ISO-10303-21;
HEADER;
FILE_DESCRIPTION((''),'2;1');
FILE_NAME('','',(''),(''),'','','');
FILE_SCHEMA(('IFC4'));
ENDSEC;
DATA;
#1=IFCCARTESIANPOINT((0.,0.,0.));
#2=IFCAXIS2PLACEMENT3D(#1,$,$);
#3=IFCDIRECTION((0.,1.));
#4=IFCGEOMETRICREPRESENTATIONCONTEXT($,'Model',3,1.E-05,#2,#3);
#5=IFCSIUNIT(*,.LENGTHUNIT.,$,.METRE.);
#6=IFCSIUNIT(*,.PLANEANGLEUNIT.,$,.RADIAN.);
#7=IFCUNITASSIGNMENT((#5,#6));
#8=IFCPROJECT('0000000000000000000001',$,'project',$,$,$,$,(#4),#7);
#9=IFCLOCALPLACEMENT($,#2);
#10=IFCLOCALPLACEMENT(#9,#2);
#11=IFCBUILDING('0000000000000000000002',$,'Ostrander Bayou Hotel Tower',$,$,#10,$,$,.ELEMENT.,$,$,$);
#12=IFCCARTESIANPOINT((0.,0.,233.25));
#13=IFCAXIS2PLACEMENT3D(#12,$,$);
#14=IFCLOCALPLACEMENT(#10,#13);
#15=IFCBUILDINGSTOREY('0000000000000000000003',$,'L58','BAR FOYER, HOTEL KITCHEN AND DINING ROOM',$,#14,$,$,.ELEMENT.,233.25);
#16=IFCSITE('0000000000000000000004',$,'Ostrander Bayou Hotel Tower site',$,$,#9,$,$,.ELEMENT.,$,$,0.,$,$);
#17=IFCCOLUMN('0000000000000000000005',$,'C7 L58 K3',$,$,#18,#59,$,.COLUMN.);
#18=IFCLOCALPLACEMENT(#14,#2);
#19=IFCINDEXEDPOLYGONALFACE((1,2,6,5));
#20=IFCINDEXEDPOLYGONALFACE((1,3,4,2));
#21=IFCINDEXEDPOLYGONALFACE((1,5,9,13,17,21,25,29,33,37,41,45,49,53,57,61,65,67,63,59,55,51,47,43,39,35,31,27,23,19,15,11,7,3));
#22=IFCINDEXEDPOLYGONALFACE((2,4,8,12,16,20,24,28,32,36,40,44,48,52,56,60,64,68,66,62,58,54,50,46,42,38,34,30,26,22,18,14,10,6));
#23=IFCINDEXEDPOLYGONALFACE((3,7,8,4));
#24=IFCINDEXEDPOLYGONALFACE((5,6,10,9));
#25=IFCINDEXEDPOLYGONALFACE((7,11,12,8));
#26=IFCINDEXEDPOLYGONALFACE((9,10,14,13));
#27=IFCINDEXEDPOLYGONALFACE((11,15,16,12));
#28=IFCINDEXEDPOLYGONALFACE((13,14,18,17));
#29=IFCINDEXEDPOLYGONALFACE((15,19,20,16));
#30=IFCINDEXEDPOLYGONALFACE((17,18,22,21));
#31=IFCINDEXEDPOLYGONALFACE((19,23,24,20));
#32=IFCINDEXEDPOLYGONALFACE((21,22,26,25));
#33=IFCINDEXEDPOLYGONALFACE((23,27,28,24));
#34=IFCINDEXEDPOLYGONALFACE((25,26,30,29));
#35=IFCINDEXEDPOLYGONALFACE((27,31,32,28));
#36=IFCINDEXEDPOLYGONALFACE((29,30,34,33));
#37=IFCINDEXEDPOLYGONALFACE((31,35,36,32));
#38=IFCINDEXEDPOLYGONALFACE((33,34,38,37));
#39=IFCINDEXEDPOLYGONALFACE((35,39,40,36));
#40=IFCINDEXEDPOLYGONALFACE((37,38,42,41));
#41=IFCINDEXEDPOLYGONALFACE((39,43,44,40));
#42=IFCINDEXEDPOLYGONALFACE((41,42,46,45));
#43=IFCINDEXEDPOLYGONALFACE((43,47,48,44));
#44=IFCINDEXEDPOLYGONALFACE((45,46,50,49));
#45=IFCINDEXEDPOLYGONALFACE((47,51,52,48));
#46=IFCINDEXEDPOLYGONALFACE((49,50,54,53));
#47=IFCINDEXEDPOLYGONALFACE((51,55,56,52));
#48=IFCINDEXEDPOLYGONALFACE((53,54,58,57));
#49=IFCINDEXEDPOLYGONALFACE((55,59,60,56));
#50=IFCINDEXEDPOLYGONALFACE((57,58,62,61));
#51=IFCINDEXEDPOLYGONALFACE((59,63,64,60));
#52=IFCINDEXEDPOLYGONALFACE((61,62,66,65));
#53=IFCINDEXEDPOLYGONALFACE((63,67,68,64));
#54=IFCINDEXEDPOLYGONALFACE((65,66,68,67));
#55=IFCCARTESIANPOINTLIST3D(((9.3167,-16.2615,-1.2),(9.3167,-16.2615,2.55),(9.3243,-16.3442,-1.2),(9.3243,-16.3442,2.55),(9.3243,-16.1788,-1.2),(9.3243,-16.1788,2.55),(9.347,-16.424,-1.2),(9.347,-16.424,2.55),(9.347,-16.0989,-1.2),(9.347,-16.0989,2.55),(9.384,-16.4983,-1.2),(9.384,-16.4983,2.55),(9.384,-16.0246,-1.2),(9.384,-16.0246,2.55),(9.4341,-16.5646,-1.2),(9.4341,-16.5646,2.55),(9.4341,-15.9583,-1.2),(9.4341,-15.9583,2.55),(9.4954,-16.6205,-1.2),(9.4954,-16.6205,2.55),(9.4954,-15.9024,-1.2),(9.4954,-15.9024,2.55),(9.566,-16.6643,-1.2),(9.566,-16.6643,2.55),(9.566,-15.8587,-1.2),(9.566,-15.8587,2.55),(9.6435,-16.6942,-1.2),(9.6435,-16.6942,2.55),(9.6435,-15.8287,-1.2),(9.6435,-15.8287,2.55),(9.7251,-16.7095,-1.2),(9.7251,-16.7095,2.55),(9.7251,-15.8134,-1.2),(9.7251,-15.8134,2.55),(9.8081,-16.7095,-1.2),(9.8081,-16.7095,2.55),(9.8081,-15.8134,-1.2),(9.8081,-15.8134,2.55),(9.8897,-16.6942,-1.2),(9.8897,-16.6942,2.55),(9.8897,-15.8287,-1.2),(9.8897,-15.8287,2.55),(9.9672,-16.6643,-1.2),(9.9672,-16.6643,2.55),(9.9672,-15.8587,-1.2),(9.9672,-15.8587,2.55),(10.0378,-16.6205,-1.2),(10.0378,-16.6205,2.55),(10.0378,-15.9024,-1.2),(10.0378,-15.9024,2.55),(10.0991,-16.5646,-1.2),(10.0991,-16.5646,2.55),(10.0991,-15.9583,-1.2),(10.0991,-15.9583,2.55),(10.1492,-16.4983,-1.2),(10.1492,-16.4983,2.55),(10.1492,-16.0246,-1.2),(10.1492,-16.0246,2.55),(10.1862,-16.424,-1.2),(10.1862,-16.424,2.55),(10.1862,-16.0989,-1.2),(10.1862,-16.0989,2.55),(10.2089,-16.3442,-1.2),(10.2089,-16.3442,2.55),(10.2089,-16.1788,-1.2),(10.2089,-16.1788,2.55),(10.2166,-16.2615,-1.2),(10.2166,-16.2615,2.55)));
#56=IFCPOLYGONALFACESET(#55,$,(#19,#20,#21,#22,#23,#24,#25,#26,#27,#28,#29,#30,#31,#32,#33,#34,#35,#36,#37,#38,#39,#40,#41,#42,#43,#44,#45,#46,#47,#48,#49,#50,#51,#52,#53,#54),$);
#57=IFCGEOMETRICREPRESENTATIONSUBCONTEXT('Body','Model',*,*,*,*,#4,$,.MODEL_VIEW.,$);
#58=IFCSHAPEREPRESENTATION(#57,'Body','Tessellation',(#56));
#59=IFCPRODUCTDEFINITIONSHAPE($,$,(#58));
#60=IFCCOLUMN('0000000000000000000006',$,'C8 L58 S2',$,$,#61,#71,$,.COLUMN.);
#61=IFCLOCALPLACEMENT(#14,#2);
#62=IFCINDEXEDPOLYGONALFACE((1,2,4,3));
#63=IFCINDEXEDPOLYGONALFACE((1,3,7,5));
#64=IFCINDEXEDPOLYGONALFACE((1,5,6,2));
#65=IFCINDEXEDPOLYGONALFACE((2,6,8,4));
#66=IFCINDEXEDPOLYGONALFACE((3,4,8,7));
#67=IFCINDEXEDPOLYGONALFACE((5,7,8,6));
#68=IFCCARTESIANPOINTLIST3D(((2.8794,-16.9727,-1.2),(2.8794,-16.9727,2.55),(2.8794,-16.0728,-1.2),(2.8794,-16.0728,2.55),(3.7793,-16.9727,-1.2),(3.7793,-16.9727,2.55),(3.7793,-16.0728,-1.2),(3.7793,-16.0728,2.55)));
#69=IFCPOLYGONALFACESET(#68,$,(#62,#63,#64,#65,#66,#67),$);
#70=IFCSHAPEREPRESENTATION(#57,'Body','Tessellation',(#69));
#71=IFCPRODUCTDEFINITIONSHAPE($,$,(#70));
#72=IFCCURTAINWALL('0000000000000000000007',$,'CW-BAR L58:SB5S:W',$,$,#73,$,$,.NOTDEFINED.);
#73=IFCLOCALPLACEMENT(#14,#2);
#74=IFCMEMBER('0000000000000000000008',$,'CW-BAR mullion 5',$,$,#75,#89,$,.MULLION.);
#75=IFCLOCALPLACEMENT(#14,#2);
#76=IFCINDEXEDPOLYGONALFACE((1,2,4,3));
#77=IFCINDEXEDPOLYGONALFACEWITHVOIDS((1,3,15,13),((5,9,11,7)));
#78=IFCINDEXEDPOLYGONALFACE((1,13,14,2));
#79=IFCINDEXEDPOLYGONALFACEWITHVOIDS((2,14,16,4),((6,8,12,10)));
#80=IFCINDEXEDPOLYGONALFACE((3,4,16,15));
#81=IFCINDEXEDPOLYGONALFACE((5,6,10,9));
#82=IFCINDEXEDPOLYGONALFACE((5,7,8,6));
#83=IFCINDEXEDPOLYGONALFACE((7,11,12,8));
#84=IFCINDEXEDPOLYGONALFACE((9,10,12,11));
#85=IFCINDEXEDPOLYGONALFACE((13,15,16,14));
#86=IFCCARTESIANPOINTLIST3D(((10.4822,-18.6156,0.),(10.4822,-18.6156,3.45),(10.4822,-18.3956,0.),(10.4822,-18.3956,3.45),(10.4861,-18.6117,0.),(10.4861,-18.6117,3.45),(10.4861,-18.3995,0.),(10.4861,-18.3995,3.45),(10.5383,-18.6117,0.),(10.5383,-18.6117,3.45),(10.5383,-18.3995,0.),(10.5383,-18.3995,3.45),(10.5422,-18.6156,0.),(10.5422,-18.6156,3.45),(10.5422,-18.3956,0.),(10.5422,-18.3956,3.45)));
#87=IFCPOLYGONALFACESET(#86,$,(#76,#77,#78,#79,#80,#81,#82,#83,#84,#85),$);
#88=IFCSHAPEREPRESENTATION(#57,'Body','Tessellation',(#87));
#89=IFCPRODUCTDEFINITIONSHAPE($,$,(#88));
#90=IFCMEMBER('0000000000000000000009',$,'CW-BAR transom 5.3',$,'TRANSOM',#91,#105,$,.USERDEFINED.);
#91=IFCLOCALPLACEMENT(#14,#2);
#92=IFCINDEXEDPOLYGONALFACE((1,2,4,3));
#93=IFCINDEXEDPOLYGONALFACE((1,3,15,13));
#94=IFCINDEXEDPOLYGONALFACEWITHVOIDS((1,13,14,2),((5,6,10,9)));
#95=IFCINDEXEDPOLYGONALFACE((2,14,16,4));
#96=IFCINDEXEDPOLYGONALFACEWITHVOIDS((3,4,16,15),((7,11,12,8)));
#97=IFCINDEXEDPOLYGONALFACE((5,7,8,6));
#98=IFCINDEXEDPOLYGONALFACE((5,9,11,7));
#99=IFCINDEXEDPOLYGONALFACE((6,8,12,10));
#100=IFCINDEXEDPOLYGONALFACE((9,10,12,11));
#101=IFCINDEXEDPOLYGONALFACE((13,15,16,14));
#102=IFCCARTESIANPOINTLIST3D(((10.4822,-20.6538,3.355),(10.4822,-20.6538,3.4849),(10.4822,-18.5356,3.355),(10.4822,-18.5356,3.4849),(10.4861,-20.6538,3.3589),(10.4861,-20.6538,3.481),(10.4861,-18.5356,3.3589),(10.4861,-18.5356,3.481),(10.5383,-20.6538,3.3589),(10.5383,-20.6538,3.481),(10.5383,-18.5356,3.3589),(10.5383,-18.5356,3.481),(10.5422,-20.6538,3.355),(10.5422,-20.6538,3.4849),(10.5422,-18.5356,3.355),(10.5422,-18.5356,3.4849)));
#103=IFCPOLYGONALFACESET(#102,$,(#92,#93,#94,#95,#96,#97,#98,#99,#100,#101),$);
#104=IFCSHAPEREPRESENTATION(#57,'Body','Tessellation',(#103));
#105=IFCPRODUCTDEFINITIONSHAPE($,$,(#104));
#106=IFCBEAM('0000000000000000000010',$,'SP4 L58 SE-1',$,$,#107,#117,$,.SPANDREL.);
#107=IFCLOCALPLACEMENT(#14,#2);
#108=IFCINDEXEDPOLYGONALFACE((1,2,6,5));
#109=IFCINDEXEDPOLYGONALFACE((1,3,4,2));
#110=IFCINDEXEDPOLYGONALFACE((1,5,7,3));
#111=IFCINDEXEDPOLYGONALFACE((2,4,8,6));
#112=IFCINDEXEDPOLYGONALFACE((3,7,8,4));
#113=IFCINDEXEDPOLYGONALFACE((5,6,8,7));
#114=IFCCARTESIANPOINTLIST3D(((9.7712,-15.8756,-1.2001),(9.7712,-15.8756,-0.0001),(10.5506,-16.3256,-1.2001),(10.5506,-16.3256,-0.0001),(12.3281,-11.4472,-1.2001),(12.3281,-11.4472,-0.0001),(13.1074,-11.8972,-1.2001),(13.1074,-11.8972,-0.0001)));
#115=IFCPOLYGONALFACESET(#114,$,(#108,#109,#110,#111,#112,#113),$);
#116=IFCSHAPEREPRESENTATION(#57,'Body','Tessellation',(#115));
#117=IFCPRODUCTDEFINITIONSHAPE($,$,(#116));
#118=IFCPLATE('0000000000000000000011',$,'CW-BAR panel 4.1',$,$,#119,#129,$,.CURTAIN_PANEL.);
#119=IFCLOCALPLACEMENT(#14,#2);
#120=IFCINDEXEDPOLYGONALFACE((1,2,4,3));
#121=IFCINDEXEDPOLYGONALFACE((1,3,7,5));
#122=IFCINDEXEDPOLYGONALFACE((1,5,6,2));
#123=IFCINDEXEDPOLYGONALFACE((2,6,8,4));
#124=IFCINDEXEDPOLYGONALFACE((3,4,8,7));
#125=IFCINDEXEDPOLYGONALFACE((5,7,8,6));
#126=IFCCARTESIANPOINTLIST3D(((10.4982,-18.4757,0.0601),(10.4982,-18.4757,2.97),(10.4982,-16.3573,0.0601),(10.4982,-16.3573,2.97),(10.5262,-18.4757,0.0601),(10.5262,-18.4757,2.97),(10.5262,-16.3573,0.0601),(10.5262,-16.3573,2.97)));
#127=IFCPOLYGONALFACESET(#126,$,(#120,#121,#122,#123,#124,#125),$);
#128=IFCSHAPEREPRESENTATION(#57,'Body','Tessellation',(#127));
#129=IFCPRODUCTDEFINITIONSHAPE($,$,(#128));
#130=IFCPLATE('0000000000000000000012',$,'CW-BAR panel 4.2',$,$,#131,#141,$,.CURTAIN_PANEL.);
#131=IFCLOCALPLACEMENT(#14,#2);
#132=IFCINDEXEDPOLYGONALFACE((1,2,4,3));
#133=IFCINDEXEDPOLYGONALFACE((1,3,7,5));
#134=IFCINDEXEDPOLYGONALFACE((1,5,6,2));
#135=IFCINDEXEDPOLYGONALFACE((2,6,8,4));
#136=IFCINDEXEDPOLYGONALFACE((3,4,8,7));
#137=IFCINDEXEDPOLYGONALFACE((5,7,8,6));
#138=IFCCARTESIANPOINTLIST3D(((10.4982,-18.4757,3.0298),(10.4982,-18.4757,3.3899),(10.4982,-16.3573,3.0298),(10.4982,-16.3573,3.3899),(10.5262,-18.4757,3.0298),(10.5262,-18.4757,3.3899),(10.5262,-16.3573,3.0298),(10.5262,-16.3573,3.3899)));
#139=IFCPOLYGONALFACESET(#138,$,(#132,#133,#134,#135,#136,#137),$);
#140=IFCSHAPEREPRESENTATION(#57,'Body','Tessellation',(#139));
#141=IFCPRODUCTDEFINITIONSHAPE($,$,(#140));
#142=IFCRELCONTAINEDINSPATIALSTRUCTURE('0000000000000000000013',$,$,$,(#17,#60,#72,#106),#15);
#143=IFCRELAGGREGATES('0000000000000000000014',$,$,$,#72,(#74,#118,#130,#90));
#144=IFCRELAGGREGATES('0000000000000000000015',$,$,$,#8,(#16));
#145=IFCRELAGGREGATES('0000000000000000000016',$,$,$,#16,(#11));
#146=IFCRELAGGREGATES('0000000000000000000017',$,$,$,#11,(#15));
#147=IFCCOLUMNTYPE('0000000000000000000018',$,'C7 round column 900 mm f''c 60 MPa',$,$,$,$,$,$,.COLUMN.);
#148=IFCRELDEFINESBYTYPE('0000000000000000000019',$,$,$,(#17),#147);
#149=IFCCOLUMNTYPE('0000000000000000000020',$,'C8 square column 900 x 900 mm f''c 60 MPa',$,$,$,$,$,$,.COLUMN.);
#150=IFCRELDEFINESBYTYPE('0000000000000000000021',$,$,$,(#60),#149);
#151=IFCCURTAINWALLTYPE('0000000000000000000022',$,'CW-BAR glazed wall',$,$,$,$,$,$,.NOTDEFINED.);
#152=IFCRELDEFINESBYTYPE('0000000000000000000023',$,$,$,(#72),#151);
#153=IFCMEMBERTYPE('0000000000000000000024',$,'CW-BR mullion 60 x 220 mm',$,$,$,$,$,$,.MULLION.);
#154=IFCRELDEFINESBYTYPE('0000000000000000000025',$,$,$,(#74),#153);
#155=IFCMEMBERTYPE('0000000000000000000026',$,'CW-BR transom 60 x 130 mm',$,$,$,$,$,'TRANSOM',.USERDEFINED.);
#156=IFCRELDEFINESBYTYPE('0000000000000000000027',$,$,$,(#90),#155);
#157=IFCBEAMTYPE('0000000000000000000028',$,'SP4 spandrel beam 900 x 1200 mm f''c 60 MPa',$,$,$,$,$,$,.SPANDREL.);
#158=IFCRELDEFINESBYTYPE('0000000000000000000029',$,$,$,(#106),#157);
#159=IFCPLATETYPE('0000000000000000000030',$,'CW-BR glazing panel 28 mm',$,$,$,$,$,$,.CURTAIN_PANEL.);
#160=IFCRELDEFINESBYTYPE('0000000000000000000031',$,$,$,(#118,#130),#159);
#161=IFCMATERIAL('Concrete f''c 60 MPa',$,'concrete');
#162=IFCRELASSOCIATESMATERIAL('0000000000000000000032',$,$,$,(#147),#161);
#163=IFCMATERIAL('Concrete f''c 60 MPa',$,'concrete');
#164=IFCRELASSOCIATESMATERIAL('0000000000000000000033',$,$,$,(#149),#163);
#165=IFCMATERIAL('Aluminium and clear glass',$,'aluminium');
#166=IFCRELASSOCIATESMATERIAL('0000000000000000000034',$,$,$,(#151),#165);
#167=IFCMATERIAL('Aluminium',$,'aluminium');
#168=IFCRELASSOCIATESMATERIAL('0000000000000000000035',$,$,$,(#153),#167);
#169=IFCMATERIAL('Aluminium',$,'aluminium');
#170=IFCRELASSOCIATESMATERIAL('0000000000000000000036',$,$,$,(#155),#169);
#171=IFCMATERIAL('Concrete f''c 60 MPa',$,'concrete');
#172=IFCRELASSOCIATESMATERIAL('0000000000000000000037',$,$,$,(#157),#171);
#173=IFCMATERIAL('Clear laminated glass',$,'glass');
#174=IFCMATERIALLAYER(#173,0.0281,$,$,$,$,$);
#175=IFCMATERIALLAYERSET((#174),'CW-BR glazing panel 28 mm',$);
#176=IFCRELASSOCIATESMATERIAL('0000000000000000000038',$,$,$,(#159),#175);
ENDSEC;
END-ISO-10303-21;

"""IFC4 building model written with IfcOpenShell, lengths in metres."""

from ifc_helpers import new_model, si_unit, direction, frame, origin, origin_2d, place, context, subcontext, project, spatial, rectangle, hollow_rectangle, circle, extrude, material, layer, layer_set, material_profile, profile_set, type_object, element, aggregate, save


model = new_model("IFC4")

# Units and contexts
model_context = context("Model", 3, precision=1e-05, world=origin(), true_north=direction((0.0, 1.0)))
body_context = subcontext(model_context, "Body", "Model", "MODEL_VIEW")
ifc_project = project(units=[si_unit("LENGTHUNIT", "METRE"), si_unit("PLANEANGLEUNIT", "RADIAN")], contexts=[model_context])

# Site, building, storey
site_placement = place(None, origin())
site = spatial("IfcSite", under=ifc_project, at=site_placement, Name="Ostrander Bayou Hotel Tower site", CompositionType="ELEMENT", RefElevation=0.0)
building_placement = place(site_placement, origin())
building = spatial("IfcBuilding", under=site, at=building_placement, Name="Ostrander Bayou Hotel Tower", CompositionType="ELEMENT")
storey_placement = place(building_placement, frame((0.0, 0.0, 233.25)))
storey = spatial("IfcBuildingStorey", under=building, at=storey_placement, Name="L58", Description="BAR FOYER, HOTEL KITCHEN AND DINING ROOM", CompositionType="ELEMENT", Elevation=233.25)

# Columns
ifc_material_1 = material(Name="Concrete f'c 60 MPa", Category="concrete")
ifc_material_profile_1 = material_profile(ifc_material_1, circle(Radius=0.45, at=origin_2d()))
ifc_profile_set_1 = profile_set([ifc_material_profile_1], Name="Concrete f'c 60 MPa")
column_type_1 = type_object("IfcColumnType", Name="C7 round column 900 mm f'c 60 MPa", PredefinedType="COLUMN", material=ifc_profile_set_1)
column_1_placement = place(storey_placement, frame((9.7666, -16.2615, -1.2), z_axis=(0.0, 0.0, 1.0), x_axis=(1.0, 0.0, 0.0)))
element("IfcColumn", 1, at=column_1_placement, inside=storey, type_object=column_type_1, Name="C7 L58 K3", PredefinedType="COLUMN", context=body_context, shape_type="SweptSolid", body=[
    extrude(circle(Radius=0.45, at=origin_2d()), origin(), (0.0, 0.0, 1.0), 3.75),
])
ifc_material_2 = material(Name="Concrete f'c 60 MPa", Category="concrete")
ifc_material_profile_2 = material_profile(ifc_material_2, rectangle(XDim=0.8999, YDim=0.8999, at=origin_2d()))
ifc_profile_set_2 = profile_set([ifc_material_profile_2], Name="Concrete f'c 60 MPa")
column_type_2 = type_object("IfcColumnType", Name="C8 square column 900 x 900 mm f'c 60 MPa", PredefinedType="COLUMN", material=ifc_profile_set_2)
column_2_placement = place(storey_placement, frame((3.3293, -16.5227, -1.2), z_axis=(0.0, 0.0, 1.0), x_axis=(-1.0, 0.0, 0.0)))
element("IfcColumn", 2, at=column_2_placement, inside=storey, type_object=column_type_2, Name="C8 L58 S2", PredefinedType="COLUMN", context=body_context, shape_type="SweptSolid", body=[
    extrude(rectangle(XDim=0.8999, YDim=0.8999, at=origin_2d()), origin(), (0.0, 0.0, 1.0), 3.75),
])

# Curtain wall, members
ifc_material_3 = material(Name="Aluminium and clear glass", Category="aluminium")
curtain_wall_type = type_object("IfcCurtainWallType", Name="CW-BAR glazed wall", PredefinedType="NOTDEFINED", material=ifc_material_3)
curtain_wall_placement = place(storey_placement, origin())
curtain_wall = element("IfcCurtainWall", 3, at=curtain_wall_placement, inside=storey, type_object=curtain_wall_type, Name="CW-BAR L58:SB5S:W", PredefinedType="NOTDEFINED")
ifc_material_4 = material(Name="Aluminium", Category="aluminium")
ifc_material_profile_3 = material_profile(ifc_material_4, hollow_rectangle(XDim=0.0601, YDim=0.22, WallThickness=0.0039, at=origin_2d()))
ifc_profile_set_3 = profile_set([ifc_material_profile_3], Name="Aluminium")
member_type_1 = type_object("IfcMemberType", Name="CW-BR mullion 60 x 220 mm", PredefinedType="MULLION", material=ifc_profile_set_3)
member_1_placement = place(storey_placement, frame((10.5122, -18.5056, 0.0), z_axis=(0.0, 0.0, 1.0), x_axis=(1.0, 0.0, 0.0)))
member_1 = element("IfcMember", 4, at=member_1_placement, type_object=member_type_1, Name="CW-BAR mullion 5", PredefinedType="MULLION", context=body_context, shape_type="SweptSolid", body=[
    extrude(hollow_rectangle(XDim=0.0601, YDim=0.22, WallThickness=0.0039, at=origin_2d()), origin(), (0.0, 0.0, 1.0), 3.45),
])
ifc_material_5 = material(Name="Aluminium", Category="aluminium")
ifc_material_profile_4 = material_profile(ifc_material_5, hollow_rectangle(XDim=0.0601, YDim=0.1299, WallThickness=0.0039, at=origin_2d()))
ifc_profile_set_4 = profile_set([ifc_material_profile_4], Name="Aluminium")
member_type_2 = type_object("IfcMemberType", Name="CW-BR transom 60 x 130 mm", ElementType="TRANSOM", PredefinedType="USERDEFINED", material=ifc_profile_set_4)
member_2_placement = place(storey_placement, frame((10.5122, -18.5356, 3.4199), z_axis=(0.0, -1.0, 0.0), x_axis=(1.0, 0.0, 0.0)))
member_2 = element("IfcMember", 5, at=member_2_placement, type_object=member_type_2, Name="CW-BAR transom 5.3", ObjectType="TRANSOM", PredefinedType="USERDEFINED", context=body_context, shape_type="SweptSolid", body=[
    extrude(hollow_rectangle(XDim=0.0601, YDim=0.1299, WallThickness=0.0039, at=origin_2d()), origin(), (0.0, 0.0, 1.0), 2.1182),
])

# Beam
ifc_material_6 = material(Name="Concrete f'c 60 MPa", Category="concrete")
ifc_material_profile_5 = material_profile(ifc_material_6, rectangle(XDim=0.8999, YDim=1.2, at=origin_2d()))
ifc_profile_set_5 = profile_set([ifc_material_profile_5], Name="Concrete f'c 60 MPa")
beam_type = type_object("IfcBeamType", Name="SP4 spandrel beam 900 x 1200 mm f'c 60 MPa", PredefinedType="SPANDREL", material=ifc_profile_set_5)
beam_placement = place(storey_placement, frame((10.1609, -16.1006, -0.6001), z_axis=(0.500016, 0.866016, 0.0), x_axis=(-0.866016, 0.500016, 0.0)))
element("IfcBeam", 6, at=beam_placement, inside=storey, type_object=beam_type, Name="SP4 L58 SE-1", PredefinedType="SPANDREL", context=body_context, shape_type="SweptSolid", body=[
    extrude(rectangle(XDim=0.8999, YDim=1.2, at=origin_2d()), origin(), (0.0, 0.0, 1.0), 5.1135),
])

# Plates
ifc_material_7 = material(Name="Clear laminated glass", Category="glass")
ifc_layer_1 = layer(ifc_material_7, 0.0281)
ifc_layer_set_1 = layer_set([ifc_layer_1], Name="CW-BR glazing panel 28 mm")
plate_type = type_object("IfcPlateType", Name="CW-BR glazing panel 28 mm", PredefinedType="CURTAIN_PANEL", material=ifc_layer_set_1)
plate_1_placement = place(storey_placement, frame((10.5122, -17.4165, 0.0601), z_axis=(0.0, 0.0, 1.0), x_axis=(0.0, -1.0, 0.0)))
plate_1 = element("IfcPlate", 7, at=plate_1_placement, type_object=plate_type, Name="CW-BAR panel 4.1", PredefinedType="CURTAIN_PANEL", context=body_context, shape_type="SweptSolid", body=[
    extrude(rectangle(XDim=2.1184, YDim=0.0281, at=origin_2d()), origin(), (0.0, 0.0, 1.0), 2.9099),
])
plate_2_placement = place(storey_placement, frame((10.5122, -17.4165, 3.0298), z_axis=(0.0, 0.0, 1.0), x_axis=(0.0, -1.0, 0.0)))
plate_2 = element("IfcPlate", 8, at=plate_2_placement, type_object=plate_type, Name="CW-BAR panel 4.2", PredefinedType="CURTAIN_PANEL", context=body_context, shape_type="SweptSolid", body=[
    extrude(rectangle(XDim=2.1184, YDim=0.0281, at=origin_2d()), origin(), (0.0, 0.0, 1.0), 0.3601),
])
aggregate(curtain_wall, [member_1, plate_1, plate_2, member_2])

save(model, "model.ifc")
